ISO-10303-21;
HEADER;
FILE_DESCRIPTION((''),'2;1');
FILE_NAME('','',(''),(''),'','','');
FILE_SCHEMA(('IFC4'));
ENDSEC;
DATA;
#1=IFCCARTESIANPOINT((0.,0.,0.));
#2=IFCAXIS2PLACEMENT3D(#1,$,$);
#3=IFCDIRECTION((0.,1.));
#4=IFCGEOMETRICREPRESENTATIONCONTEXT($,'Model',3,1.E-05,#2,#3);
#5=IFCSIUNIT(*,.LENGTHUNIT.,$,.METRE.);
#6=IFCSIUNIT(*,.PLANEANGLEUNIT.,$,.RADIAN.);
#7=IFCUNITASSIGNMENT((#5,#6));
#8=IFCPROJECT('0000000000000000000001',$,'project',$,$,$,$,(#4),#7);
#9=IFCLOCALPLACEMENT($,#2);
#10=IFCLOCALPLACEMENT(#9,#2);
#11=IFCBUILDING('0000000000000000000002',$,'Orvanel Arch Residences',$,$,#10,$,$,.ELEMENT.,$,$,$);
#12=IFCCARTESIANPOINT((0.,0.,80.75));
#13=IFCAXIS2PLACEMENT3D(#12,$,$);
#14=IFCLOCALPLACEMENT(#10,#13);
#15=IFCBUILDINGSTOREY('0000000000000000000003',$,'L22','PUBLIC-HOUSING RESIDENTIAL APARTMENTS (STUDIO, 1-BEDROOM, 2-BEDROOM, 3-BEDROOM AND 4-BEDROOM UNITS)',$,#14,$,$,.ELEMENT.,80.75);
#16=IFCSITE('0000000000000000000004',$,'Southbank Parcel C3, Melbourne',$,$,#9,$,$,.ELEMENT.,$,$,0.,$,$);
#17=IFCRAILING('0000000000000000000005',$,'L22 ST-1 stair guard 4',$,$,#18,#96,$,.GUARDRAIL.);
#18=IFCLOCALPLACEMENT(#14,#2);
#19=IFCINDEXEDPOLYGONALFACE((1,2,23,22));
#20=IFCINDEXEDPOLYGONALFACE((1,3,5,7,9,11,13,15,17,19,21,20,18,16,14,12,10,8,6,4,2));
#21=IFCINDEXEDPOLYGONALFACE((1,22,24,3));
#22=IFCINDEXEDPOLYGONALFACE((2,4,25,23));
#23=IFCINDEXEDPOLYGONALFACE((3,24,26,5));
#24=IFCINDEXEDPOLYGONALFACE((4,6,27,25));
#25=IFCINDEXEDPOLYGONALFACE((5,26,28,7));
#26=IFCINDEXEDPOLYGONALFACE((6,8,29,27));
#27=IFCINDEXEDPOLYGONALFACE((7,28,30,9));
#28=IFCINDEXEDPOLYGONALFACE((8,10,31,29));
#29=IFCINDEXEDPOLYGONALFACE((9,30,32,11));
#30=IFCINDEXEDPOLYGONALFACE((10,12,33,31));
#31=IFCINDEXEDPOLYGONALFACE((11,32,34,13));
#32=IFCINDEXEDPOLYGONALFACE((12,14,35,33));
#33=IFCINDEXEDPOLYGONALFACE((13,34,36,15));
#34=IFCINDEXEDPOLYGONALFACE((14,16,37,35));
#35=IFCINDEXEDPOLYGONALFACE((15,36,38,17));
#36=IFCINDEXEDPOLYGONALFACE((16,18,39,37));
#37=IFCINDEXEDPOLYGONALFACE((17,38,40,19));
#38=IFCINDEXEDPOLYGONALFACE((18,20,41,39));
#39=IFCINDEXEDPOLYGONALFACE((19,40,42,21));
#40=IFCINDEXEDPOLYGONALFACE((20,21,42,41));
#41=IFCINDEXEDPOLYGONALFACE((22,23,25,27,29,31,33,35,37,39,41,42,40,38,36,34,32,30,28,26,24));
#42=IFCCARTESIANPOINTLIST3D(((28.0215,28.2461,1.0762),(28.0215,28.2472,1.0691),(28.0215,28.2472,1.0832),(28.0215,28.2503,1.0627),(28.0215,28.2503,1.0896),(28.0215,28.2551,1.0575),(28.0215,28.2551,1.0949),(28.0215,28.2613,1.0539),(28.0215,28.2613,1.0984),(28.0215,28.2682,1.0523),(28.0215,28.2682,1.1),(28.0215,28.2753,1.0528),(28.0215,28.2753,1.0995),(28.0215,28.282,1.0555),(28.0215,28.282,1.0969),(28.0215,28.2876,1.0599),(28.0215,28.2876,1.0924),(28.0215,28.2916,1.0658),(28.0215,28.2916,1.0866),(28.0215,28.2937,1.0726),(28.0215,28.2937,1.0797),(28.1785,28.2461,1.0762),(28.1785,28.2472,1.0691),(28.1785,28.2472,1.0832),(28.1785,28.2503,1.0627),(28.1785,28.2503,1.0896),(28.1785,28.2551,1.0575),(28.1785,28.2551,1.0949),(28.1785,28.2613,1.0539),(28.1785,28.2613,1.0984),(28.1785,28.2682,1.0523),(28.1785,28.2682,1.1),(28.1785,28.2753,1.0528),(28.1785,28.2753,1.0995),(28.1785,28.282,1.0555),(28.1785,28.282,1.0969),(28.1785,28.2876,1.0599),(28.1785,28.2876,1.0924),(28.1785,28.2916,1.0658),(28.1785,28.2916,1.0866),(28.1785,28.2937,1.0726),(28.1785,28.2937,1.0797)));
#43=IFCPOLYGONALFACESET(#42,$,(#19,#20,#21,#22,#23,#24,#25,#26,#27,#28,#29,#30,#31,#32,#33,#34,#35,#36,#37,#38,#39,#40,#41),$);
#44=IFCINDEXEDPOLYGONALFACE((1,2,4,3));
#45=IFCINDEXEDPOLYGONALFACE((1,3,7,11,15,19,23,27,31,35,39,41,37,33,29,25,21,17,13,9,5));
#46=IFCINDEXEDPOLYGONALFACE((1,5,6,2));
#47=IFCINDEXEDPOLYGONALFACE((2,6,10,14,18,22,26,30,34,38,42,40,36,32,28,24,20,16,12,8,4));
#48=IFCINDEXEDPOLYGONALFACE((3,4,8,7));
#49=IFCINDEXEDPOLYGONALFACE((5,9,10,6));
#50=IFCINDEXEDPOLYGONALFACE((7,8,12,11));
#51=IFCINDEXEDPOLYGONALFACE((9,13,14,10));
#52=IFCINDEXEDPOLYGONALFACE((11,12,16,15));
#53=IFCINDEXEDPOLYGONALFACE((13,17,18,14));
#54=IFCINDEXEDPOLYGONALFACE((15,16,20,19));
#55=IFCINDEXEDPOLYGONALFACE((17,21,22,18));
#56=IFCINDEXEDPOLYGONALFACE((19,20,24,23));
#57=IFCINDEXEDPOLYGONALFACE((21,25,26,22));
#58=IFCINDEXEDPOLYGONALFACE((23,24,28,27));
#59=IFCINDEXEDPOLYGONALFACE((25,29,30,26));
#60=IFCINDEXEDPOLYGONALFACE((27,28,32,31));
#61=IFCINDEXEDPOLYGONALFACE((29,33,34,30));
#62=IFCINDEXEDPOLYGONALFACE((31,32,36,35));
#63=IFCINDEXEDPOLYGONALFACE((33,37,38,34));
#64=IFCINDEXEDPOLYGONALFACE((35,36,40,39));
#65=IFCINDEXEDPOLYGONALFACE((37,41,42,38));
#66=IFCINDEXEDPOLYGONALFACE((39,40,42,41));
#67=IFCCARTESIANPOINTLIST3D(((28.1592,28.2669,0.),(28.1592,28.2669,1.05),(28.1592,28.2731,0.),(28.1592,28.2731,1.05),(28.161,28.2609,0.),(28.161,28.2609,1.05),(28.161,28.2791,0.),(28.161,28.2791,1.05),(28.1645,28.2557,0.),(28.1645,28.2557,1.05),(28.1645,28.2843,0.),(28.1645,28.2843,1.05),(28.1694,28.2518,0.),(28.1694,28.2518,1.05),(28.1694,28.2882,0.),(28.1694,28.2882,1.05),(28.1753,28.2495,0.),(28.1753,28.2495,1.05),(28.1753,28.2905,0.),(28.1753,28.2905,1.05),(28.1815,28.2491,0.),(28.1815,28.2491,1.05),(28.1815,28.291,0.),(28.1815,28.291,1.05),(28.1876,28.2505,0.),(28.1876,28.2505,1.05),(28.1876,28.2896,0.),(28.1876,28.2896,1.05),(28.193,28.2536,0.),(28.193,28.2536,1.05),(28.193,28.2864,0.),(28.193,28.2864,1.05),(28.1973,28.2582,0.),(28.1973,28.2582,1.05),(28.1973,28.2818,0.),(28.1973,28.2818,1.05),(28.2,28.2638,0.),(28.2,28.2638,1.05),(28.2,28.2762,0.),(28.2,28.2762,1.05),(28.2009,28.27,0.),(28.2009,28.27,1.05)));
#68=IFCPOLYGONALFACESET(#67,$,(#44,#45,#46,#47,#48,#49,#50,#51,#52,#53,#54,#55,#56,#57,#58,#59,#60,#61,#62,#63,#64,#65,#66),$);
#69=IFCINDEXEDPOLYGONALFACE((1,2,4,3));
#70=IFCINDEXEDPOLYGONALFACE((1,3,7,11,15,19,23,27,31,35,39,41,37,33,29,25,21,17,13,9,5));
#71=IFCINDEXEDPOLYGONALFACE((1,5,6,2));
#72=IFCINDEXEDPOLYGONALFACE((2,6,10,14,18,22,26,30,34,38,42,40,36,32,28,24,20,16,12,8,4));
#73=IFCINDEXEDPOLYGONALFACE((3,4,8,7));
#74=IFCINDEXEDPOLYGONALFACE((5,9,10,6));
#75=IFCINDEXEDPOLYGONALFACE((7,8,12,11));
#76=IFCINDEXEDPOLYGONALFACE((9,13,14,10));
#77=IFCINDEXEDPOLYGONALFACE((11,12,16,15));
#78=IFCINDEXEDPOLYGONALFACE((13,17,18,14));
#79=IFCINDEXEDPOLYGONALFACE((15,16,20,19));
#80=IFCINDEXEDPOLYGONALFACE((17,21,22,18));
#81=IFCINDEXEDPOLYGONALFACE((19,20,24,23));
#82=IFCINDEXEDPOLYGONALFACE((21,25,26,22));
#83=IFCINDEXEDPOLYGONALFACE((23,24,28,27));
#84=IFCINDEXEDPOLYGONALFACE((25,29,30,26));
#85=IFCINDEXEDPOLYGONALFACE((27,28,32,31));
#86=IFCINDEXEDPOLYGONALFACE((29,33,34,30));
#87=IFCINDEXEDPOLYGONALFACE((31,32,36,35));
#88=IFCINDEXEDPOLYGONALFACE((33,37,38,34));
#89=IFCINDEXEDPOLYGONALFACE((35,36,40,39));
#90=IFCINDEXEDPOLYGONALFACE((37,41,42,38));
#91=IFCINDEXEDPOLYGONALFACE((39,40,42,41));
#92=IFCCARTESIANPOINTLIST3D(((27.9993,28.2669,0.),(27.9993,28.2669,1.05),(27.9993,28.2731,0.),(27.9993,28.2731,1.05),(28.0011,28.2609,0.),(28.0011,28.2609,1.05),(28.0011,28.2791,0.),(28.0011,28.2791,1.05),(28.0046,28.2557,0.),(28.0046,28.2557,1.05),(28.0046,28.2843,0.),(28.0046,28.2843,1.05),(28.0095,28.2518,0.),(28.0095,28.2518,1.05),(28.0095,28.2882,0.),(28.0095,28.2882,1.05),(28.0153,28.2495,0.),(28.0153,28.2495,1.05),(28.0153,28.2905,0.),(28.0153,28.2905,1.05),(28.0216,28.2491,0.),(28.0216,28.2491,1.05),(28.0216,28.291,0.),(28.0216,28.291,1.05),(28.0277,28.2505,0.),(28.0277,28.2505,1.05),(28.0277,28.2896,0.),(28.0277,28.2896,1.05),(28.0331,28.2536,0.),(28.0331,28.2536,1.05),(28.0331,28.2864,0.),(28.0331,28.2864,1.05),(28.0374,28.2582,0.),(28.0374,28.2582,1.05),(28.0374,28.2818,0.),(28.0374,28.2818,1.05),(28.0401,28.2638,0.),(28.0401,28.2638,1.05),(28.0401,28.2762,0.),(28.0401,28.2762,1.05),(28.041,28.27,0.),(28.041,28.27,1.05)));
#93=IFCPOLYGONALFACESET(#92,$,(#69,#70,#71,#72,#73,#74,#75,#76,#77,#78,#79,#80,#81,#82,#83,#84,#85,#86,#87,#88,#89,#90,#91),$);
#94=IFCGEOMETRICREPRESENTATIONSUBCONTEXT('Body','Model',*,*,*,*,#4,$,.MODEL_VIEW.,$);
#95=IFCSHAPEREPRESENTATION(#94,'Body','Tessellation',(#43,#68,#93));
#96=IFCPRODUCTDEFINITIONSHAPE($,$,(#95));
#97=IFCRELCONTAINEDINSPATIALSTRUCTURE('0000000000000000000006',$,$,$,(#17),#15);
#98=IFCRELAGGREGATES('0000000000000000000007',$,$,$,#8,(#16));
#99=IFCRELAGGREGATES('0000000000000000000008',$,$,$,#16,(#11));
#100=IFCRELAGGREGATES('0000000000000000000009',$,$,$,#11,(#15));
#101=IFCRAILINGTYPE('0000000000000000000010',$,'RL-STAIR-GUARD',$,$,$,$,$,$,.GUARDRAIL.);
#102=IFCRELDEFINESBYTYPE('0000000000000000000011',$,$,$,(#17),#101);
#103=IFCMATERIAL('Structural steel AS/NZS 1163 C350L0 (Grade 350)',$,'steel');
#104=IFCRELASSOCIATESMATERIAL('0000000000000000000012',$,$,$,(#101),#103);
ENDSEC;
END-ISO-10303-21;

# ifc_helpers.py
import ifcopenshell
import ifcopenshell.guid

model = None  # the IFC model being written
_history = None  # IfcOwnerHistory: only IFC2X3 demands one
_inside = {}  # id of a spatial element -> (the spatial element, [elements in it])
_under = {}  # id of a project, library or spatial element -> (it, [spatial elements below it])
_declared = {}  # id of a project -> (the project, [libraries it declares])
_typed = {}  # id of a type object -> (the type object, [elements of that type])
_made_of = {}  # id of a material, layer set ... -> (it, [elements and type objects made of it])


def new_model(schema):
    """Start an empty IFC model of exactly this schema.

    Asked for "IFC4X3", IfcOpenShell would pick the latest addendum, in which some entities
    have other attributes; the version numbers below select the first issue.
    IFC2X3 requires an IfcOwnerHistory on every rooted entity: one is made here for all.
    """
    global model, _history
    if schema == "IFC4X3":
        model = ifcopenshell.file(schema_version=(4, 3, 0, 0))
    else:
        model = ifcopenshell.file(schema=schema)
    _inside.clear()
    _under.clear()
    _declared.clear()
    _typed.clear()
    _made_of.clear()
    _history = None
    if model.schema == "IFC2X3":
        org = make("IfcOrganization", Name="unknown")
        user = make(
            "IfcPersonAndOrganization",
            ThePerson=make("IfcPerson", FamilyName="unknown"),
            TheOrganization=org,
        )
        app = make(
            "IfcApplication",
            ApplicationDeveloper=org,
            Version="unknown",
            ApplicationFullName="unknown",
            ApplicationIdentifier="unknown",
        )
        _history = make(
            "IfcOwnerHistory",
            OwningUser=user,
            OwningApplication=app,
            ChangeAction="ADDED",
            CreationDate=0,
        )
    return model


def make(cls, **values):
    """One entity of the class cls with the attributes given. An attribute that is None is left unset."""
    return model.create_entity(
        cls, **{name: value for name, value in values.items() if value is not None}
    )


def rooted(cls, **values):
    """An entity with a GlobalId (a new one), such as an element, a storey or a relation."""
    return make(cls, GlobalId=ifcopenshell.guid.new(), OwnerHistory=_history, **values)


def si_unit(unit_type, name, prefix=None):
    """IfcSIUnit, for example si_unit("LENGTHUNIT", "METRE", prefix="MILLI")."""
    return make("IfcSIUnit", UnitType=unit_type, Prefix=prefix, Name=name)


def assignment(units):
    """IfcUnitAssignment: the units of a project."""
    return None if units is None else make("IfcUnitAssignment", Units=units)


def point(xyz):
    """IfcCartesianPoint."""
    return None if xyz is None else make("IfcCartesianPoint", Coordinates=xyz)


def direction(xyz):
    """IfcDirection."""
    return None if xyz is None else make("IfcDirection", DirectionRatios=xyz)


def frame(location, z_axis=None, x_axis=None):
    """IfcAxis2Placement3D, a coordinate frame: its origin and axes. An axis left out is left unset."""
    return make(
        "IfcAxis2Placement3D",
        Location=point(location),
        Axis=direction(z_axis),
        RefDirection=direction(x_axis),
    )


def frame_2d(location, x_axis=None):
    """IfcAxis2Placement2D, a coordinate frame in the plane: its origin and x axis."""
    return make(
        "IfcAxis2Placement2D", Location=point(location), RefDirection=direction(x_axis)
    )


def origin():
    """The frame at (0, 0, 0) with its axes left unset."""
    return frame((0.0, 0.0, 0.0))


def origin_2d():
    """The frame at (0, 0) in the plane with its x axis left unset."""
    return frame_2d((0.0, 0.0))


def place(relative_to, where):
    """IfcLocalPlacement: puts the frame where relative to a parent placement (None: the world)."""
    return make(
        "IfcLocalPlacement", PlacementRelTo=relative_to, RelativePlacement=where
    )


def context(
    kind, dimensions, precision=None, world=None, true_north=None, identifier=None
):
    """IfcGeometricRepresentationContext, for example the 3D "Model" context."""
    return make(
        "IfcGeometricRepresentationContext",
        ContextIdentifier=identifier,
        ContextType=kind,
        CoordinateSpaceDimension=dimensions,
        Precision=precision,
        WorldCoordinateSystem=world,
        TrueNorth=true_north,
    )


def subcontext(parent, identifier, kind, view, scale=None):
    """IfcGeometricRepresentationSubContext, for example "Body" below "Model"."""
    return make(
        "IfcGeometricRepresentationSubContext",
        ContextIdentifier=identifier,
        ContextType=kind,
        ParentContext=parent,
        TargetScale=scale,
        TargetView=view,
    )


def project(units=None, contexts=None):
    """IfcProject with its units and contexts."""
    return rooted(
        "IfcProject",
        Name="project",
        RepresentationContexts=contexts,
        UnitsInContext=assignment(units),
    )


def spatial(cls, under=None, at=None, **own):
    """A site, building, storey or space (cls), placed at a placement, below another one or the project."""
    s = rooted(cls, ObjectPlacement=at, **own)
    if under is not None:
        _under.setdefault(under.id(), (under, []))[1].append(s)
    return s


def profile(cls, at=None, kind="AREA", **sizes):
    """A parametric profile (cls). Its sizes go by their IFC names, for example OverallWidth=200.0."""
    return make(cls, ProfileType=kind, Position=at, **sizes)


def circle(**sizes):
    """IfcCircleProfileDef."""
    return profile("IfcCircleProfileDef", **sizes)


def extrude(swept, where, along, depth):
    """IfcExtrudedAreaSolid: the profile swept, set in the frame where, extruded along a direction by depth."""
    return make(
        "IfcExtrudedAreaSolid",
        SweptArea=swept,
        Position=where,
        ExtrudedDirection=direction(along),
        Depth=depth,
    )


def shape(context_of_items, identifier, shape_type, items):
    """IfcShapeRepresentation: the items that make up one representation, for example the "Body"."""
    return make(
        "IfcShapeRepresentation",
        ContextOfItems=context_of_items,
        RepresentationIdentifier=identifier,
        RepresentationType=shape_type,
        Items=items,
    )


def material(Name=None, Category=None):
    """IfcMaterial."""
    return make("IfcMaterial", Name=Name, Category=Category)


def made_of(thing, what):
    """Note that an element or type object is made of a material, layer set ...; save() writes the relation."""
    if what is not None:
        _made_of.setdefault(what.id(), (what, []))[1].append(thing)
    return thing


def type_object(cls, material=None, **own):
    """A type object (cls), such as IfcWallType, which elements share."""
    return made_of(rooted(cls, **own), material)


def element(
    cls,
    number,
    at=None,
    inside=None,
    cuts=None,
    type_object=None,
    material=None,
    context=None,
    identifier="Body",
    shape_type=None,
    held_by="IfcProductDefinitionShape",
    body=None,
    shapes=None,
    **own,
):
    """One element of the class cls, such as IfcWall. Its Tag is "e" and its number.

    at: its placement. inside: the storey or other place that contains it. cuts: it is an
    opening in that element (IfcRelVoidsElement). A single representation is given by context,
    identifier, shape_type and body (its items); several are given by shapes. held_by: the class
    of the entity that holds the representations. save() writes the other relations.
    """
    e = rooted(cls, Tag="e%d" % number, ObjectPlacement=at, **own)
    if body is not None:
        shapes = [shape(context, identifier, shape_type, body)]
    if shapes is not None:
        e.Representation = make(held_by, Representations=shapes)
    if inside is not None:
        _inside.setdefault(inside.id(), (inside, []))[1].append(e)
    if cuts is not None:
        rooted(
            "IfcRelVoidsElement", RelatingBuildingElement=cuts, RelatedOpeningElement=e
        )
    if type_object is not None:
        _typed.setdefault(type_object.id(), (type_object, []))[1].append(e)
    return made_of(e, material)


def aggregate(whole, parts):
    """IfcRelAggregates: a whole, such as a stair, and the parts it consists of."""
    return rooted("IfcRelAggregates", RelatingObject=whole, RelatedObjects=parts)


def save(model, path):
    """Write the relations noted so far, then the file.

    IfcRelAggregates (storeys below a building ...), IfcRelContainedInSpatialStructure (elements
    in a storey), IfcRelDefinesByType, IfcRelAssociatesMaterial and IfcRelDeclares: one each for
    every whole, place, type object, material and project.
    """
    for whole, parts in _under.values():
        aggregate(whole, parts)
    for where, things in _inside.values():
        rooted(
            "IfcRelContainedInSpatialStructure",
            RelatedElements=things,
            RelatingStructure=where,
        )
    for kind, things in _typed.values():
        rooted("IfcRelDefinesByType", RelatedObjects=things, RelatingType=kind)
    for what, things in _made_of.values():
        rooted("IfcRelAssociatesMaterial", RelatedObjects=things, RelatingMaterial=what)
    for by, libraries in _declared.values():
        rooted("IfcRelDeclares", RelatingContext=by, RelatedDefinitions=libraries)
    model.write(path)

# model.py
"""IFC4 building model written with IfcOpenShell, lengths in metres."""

from ifc_helpers import new_model, si_unit, direction, frame, origin, origin_2d, place, context, subcontext, project, spatial, circle, extrude, material, type_object, element, save


model = new_model("IFC4")

# Units and contexts
model_context = context("Model", 3, precision=1e-05, world=origin(), true_north=direction((0.0, 1.0)))
body_context = subcontext(model_context, "Body", "Model", "MODEL_VIEW")
ifc_project = project(units=[si_unit("LENGTHUNIT", "METRE"), si_unit("PLANEANGLEUNIT", "RADIAN")], contexts=[model_context])

# Site, building, storey
site_placement = place(None, origin())
site = spatial("IfcSite", under=ifc_project, at=site_placement, Name="Southbank Parcel C3, Melbourne", CompositionType="ELEMENT", RefElevation=0.0)
building_placement = place(site_placement, origin())
building = spatial("IfcBuilding", under=site, at=building_placement, Name="Orvanel Arch Residences", CompositionType="ELEMENT")
storey_placement = place(building_placement, frame((0.0, 0.0, 80.75)))
storey = spatial("IfcBuildingStorey", under=building, at=storey_placement, Name="L22", Description="PUBLIC-HOUSING RESIDENTIAL APARTMENTS (STUDIO, 1-BEDROOM, 2-BEDROOM, 3-BEDROOM AND 4-BEDROOM UNITS)", CompositionType="ELEMENT", Elevation=80.75)

# Railing
ifc_material_1 = material(Name="Structural steel AS/NZS 1163 C350L0 (Grade 350)", Category="steel")
railing_type_1 = type_object("IfcRailingType", Name="RL-STAIR-GUARD", PredefinedType="GUARDRAIL", material=ifc_material_1)
railing_1_placement = place(storey_placement, frame((28.1799, 28.27, 0.0)))
element("IfcRailing", 1, at=railing_1_placement, inside=storey, type_object=railing_type_1, Name="L22 ST-1 stair guard 4", PredefinedType="GUARDRAIL", context=body_context, shape_type="SweptSolid", body=[
    extrude(circle(Radius=0.0239, at=origin_2d()), frame((-0.0015, 0.0, 1.0762), z_axis=(-1.0, 0.0, 0.0), x_axis=(0.0, -1.0, 0.0)), (0.0, 0.0, 1.0), 0.157),
    extrude(circle(Radius=0.021, at=origin_2d()), origin(), (0.0, 0.0, 1.0), 1.05),
    extrude(circle(Radius=0.021, at=origin_2d()), frame((-0.1599, 0.0, 0.0)), (0.0, 0.0, 1.0), 1.05),
])

save(model, "model.ifc")
